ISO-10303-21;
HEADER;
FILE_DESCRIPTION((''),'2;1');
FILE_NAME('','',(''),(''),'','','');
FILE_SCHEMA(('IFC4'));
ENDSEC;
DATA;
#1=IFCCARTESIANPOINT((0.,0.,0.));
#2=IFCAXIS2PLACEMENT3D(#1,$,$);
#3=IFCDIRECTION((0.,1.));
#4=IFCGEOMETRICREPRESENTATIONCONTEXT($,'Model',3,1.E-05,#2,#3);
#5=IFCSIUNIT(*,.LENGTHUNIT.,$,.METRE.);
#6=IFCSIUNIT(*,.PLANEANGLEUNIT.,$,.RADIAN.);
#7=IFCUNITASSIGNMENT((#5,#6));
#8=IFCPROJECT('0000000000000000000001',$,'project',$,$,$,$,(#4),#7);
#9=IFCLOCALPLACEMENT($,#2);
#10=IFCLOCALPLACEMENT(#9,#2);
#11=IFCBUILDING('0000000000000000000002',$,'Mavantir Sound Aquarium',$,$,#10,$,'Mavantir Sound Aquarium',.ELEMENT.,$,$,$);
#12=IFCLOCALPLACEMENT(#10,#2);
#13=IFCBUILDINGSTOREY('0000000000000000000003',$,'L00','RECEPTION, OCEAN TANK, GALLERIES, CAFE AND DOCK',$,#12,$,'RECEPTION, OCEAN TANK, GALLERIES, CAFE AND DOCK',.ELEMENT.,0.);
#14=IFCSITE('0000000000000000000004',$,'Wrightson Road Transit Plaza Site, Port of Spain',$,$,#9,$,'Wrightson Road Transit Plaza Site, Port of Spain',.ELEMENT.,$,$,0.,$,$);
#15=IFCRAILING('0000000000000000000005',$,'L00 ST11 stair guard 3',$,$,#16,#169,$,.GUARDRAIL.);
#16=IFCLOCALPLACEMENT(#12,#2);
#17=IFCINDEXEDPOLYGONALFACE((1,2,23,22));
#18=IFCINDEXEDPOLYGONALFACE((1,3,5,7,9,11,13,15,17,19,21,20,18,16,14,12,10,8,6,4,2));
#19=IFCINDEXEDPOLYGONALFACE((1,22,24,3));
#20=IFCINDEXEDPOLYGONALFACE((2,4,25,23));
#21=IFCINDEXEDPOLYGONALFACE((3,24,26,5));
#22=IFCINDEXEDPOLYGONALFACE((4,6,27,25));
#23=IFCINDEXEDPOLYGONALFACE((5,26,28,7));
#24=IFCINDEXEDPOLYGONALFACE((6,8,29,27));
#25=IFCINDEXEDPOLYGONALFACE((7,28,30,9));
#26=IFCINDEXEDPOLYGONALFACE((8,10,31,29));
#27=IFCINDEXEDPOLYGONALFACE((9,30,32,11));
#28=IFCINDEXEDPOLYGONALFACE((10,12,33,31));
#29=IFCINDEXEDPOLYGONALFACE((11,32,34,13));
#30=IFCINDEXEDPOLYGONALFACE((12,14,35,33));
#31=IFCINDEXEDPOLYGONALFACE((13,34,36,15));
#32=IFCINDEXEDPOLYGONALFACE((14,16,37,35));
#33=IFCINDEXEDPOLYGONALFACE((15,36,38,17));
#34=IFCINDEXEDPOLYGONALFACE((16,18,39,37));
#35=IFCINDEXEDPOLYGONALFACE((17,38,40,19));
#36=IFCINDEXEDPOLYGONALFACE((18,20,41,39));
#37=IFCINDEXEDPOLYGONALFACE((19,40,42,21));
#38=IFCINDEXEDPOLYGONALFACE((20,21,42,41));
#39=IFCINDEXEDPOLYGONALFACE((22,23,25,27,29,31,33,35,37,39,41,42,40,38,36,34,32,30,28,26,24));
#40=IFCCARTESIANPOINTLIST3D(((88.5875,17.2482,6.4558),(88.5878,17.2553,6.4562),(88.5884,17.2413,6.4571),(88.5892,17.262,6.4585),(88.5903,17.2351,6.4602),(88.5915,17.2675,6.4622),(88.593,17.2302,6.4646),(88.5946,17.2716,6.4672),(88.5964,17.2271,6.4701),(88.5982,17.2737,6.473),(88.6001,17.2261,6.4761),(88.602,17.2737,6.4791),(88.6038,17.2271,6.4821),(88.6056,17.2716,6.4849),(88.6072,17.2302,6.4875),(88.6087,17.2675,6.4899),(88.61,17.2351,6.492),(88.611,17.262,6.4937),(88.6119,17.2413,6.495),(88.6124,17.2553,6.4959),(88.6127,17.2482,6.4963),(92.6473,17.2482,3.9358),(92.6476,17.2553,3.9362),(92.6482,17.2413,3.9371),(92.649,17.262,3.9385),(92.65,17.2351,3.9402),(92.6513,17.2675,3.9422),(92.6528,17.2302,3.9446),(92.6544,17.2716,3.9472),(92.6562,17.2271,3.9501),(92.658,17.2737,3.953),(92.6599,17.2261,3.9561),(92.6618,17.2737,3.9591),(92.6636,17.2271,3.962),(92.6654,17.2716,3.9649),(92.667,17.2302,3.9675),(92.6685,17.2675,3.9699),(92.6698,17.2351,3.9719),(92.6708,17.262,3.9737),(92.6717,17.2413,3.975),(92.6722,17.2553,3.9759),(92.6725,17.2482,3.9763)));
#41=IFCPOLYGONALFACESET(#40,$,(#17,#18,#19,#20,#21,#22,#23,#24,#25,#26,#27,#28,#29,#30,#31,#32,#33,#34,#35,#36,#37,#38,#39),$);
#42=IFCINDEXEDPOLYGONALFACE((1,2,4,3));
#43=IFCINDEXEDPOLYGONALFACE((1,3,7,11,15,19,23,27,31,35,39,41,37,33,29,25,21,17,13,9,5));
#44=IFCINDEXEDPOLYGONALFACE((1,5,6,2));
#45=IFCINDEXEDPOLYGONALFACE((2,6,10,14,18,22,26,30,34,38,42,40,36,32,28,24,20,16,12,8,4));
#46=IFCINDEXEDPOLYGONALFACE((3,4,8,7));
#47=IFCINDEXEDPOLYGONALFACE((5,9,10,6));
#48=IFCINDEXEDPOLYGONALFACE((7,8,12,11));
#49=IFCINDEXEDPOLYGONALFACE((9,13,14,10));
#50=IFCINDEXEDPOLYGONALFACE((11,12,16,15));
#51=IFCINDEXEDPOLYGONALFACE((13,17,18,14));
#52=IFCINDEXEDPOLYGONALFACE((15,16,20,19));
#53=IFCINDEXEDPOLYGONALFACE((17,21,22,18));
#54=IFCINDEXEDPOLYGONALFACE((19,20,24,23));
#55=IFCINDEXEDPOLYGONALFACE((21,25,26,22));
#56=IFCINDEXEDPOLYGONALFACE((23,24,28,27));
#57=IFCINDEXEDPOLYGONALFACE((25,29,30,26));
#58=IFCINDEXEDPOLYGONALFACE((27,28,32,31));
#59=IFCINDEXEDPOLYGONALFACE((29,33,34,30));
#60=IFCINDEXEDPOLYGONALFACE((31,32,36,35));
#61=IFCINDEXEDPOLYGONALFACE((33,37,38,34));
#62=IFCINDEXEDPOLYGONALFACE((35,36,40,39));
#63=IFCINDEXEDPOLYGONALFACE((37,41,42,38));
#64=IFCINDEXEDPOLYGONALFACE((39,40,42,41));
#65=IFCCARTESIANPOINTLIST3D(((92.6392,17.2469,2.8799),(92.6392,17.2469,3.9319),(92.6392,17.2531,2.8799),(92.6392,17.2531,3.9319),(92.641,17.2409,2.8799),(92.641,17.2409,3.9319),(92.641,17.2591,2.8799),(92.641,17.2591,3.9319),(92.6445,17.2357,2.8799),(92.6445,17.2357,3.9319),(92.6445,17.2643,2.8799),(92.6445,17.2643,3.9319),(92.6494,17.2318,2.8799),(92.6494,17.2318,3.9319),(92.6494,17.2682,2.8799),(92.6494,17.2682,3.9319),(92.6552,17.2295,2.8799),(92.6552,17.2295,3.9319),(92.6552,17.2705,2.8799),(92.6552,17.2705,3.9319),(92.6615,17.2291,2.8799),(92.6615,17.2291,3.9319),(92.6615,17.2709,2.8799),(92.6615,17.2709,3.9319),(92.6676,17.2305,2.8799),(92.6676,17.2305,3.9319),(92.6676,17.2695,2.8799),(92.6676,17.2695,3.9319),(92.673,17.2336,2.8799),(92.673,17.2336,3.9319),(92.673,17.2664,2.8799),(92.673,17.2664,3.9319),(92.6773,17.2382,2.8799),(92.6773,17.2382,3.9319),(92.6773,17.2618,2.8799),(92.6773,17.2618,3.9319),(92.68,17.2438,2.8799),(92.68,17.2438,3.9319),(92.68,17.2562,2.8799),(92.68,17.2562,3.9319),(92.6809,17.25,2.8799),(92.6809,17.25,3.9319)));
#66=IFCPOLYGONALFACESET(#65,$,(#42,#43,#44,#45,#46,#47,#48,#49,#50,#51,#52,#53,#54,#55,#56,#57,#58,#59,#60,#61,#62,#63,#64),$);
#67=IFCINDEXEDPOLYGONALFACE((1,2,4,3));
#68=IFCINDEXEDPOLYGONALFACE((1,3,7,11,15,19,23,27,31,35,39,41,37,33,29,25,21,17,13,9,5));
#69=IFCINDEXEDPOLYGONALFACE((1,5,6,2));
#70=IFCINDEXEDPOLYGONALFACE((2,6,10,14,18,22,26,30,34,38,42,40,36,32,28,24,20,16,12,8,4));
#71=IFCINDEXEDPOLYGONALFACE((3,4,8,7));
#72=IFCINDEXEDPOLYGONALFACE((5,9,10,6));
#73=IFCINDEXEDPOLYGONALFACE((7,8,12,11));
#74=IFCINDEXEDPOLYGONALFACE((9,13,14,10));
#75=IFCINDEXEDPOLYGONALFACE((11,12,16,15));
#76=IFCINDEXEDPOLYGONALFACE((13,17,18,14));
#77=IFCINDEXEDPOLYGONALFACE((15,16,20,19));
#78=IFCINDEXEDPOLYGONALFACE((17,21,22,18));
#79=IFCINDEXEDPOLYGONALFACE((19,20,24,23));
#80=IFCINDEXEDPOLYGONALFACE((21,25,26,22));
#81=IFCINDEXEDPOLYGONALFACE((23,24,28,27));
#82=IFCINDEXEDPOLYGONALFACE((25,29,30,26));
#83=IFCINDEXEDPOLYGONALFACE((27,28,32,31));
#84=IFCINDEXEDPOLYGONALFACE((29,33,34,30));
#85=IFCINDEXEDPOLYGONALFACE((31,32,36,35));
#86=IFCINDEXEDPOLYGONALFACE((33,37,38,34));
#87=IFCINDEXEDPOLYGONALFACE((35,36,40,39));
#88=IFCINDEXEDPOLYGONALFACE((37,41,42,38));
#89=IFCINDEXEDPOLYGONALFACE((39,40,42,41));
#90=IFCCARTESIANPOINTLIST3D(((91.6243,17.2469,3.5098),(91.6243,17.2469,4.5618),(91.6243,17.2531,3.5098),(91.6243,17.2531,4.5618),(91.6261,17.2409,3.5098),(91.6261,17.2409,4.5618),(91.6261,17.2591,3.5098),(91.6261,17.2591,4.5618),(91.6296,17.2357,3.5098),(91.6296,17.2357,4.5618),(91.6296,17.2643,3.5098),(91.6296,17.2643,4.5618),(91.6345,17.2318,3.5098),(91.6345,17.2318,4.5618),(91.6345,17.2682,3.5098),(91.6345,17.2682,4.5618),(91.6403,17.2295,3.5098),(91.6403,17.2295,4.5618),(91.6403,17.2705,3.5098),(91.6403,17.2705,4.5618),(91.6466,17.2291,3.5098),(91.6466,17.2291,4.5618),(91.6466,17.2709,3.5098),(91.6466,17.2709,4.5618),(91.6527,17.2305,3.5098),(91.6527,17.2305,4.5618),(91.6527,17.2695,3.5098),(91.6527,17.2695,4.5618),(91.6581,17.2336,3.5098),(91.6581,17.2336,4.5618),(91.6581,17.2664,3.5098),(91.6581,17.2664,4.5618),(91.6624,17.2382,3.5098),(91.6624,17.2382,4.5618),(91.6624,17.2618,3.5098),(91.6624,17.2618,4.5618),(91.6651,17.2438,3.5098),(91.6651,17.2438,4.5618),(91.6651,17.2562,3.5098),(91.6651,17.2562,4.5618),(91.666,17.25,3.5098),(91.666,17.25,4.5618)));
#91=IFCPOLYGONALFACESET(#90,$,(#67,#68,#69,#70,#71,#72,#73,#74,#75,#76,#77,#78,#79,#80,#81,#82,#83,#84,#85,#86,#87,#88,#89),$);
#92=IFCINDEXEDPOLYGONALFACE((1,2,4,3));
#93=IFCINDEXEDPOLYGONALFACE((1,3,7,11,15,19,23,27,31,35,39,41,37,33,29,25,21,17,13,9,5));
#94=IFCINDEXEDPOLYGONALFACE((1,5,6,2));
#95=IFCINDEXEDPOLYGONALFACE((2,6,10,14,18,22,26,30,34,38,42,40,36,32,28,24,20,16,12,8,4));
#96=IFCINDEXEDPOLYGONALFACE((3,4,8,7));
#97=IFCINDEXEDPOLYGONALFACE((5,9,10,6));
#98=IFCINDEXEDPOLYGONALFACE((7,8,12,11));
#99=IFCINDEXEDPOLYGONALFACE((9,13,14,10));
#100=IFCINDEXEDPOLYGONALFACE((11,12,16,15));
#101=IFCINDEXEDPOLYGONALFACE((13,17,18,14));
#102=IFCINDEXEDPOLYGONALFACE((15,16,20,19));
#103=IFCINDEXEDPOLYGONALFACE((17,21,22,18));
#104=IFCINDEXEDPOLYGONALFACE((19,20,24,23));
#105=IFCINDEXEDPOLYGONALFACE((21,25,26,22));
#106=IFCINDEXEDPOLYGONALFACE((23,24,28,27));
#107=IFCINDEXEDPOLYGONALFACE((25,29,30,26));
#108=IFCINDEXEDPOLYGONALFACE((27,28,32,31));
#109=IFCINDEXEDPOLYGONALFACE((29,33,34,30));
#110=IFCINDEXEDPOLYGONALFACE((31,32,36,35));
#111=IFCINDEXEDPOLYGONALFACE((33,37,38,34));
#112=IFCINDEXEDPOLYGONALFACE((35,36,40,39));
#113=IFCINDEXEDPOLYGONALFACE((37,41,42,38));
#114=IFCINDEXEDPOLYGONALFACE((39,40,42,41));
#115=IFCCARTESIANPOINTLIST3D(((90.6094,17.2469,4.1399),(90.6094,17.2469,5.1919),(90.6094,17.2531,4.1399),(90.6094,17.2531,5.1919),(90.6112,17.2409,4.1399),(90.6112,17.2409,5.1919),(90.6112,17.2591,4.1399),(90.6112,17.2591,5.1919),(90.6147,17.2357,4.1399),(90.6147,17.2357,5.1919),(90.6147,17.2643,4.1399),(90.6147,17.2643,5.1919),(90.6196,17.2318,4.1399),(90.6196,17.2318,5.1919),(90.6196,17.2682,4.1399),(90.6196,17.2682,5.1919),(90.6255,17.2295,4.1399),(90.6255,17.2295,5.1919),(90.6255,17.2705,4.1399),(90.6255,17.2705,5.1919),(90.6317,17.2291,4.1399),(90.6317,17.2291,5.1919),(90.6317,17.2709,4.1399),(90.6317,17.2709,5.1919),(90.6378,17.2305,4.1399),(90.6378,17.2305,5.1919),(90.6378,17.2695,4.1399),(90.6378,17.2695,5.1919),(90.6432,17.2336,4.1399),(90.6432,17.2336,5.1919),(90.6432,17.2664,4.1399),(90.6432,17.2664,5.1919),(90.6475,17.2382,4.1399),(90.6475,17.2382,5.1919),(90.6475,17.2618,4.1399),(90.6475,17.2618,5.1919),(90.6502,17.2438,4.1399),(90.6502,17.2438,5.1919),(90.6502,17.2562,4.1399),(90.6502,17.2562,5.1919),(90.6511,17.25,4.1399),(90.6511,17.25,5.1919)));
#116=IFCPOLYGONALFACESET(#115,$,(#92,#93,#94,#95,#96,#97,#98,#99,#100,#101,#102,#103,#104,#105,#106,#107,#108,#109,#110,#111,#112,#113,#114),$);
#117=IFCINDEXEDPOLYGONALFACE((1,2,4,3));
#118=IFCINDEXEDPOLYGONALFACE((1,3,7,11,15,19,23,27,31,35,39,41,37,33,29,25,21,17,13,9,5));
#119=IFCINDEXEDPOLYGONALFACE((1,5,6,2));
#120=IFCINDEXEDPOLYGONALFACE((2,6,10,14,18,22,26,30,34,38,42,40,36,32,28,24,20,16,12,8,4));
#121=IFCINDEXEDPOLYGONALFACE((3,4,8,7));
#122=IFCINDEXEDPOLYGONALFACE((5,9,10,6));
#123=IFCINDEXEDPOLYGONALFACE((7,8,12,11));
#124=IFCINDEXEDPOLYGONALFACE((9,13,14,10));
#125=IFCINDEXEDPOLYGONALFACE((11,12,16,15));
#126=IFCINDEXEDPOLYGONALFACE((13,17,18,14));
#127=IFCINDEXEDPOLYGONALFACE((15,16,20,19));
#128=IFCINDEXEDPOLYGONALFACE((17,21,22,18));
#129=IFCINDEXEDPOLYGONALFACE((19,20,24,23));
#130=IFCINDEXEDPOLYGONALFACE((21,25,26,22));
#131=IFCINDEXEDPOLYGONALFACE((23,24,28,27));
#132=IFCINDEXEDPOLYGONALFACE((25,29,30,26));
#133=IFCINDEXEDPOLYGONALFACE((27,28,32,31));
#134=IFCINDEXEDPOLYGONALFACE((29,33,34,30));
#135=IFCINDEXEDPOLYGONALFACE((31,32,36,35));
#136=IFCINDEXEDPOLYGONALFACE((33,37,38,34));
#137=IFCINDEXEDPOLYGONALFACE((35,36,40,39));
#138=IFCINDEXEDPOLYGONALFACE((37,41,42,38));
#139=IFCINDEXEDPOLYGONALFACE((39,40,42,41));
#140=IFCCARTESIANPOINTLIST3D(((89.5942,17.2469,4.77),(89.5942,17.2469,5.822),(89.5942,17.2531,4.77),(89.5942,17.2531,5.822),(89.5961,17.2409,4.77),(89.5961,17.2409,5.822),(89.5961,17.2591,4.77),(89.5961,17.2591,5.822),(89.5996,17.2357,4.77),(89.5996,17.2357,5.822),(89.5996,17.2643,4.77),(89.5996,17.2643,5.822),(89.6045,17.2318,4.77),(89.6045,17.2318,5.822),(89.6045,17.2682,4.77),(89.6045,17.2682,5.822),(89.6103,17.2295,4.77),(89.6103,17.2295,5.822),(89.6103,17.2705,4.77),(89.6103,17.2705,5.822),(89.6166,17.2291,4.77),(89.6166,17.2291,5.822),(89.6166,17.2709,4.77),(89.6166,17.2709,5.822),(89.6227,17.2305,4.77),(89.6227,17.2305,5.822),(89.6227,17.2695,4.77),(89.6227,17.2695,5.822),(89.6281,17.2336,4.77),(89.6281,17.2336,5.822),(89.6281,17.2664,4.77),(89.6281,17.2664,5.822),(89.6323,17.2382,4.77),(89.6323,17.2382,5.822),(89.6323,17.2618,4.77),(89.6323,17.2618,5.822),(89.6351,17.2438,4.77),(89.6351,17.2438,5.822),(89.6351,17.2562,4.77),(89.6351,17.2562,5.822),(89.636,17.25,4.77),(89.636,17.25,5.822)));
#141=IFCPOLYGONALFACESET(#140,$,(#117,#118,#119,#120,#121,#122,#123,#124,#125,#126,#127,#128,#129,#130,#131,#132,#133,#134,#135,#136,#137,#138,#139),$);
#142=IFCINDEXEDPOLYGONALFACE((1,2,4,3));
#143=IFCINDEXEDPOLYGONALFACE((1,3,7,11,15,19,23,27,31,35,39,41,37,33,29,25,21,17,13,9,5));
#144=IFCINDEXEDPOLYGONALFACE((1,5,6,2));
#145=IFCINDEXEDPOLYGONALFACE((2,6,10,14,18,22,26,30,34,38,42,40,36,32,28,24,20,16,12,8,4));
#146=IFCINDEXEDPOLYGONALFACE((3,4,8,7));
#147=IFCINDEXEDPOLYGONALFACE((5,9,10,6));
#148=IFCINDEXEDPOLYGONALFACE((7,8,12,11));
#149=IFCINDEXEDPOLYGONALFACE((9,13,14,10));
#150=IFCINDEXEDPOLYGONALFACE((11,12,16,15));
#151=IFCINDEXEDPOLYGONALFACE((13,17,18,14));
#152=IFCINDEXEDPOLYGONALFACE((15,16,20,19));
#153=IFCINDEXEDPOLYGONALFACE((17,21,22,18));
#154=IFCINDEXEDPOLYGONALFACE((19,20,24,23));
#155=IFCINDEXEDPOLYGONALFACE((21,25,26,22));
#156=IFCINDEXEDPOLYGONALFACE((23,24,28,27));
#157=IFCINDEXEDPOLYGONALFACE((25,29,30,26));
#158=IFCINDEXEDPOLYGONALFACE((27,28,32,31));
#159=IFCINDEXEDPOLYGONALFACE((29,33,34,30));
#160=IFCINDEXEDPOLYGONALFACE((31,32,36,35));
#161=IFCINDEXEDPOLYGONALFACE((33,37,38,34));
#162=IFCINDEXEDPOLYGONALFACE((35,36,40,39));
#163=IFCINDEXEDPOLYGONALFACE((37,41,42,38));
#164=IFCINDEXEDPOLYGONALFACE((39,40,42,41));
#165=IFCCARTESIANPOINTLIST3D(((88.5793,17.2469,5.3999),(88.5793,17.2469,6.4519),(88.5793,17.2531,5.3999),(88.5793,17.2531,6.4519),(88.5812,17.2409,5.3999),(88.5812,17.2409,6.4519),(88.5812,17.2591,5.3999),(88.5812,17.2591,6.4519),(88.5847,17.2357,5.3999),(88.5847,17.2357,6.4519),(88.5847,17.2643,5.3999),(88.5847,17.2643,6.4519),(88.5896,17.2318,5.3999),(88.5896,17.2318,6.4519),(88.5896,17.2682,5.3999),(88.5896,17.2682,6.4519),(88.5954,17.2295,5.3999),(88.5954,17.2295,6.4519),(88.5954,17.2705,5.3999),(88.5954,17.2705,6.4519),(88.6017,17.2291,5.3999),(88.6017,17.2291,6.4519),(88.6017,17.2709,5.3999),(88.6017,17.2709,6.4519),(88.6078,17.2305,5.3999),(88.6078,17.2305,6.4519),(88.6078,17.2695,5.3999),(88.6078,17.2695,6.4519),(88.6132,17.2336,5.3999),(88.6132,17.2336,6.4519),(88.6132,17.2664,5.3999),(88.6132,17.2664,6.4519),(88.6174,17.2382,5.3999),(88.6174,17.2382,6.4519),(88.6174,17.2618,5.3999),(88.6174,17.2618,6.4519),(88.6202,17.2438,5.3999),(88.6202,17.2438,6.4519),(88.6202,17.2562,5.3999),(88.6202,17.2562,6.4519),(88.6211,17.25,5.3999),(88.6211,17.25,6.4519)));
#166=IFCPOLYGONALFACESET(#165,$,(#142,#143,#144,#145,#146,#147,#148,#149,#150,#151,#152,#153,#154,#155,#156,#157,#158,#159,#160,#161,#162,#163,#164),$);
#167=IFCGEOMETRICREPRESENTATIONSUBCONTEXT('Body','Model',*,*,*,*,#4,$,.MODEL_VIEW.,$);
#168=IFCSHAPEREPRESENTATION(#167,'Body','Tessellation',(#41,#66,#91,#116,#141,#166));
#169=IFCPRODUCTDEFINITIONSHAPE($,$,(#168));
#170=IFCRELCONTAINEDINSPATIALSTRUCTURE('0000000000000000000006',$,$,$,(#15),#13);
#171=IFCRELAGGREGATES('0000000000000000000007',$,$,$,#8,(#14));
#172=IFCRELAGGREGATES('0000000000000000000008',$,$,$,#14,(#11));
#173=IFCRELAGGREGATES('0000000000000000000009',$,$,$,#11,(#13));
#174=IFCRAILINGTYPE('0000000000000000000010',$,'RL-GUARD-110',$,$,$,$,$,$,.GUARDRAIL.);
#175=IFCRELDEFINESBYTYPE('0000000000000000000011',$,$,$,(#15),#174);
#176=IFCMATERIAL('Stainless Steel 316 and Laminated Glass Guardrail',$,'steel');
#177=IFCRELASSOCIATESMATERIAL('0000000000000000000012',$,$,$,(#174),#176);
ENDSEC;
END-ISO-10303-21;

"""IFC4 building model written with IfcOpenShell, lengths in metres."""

from ifc_helpers import new_model, si_unit, direction, frame, origin, origin_2d, place, context, subcontext, project, spatial, circle, extrude, material, type_object, element, save


model = new_model("IFC4")

# Units and contexts
model_context = context("Model", 3, precision=1e-05, world=origin(), true_north=direction((0.0, 1.0)))
body_context = subcontext(model_context, "Body", "Model", "MODEL_VIEW")
ifc_project = project(units=[si_unit("LENGTHUNIT", "METRE"), si_unit("PLANEANGLEUNIT", "RADIAN")], contexts=[model_context])

# Site, building, storey
site_placement = place(None, origin())
site = spatial("IfcSite", under=ifc_project, at=site_placement, Name="Wrightson Road Transit Plaza Site, Port of Spain", LongName="Wrightson Road Transit Plaza Site, Port of Spain", CompositionType="ELEMENT", RefElevation=0.0)
building_placement = place(site_placement, origin())
building = spatial("IfcBuilding", under=site, at=building_placement, Name="Mavantir Sound Aquarium", LongName="Mavantir Sound Aquarium", CompositionType="ELEMENT")
storey_placement = place(building_placement, origin())
storey = spatial("IfcBuildingStorey", under=building, at=storey_placement, Name="L00", Description="RECEPTION, OCEAN TANK, GALLERIES, CAFE AND DOCK", LongName="RECEPTION, OCEAN TANK, GALLERIES, CAFE AND DOCK", CompositionType="ELEMENT", Elevation=0.0)

# Railing
ifc_material_1 = material(Name="Stainless Steel 316 and Laminated Glass Guardrail", Category="steel")
railing_type_1 = type_object("IfcRailingType", Name="RL-GUARD-110", PredefinedType="GUARDRAIL", material=ifc_material_1)
railing_1_placement = place(storey_placement, frame((92.6599, 17.25, 2.8799)))
element("IfcRailing", 1, at=railing_1_placement, inside=storey, type_object=railing_type_1, Name="L00 ST11 stair guard 3", PredefinedType="GUARDRAIL", context=body_context, shape_type="SweptSolid", body=[
    extrude(circle(Radius=0.0239, at=origin_2d()), frame((0.0, 0.0, 1.0762), z_axis=(-0.849628, 0.0, 0.527383), x_axis=(0.0, -1.0, 0.0)), (0.0, 0.0, 1.0), 4.7783),
    extrude(circle(Radius=0.021, at=origin_2d()), origin(), (0.0, 0.0, 1.0), 1.052),
    extrude(circle(Radius=0.021, at=origin_2d()), frame((-1.0149, 0.0, 0.6299)), (0.0, 0.0, 1.0), 1.052),
    extrude(circle(Radius=0.021, at=origin_2d()), frame((-2.0298, 0.0, 1.26)), (0.0, 0.0, 1.0), 1.052),
    extrude(circle(Radius=0.021, at=origin_2d()), frame((-3.0449, 0.0, 1.8901)), (0.0, 0.0, 1.0), 1.052),
    extrude(circle(Radius=0.021, at=origin_2d()), frame((-4.0598, 0.0, 2.52)), (0.0, 0.0, 1.0), 1.052),
])

save(model, "model.ifc")
